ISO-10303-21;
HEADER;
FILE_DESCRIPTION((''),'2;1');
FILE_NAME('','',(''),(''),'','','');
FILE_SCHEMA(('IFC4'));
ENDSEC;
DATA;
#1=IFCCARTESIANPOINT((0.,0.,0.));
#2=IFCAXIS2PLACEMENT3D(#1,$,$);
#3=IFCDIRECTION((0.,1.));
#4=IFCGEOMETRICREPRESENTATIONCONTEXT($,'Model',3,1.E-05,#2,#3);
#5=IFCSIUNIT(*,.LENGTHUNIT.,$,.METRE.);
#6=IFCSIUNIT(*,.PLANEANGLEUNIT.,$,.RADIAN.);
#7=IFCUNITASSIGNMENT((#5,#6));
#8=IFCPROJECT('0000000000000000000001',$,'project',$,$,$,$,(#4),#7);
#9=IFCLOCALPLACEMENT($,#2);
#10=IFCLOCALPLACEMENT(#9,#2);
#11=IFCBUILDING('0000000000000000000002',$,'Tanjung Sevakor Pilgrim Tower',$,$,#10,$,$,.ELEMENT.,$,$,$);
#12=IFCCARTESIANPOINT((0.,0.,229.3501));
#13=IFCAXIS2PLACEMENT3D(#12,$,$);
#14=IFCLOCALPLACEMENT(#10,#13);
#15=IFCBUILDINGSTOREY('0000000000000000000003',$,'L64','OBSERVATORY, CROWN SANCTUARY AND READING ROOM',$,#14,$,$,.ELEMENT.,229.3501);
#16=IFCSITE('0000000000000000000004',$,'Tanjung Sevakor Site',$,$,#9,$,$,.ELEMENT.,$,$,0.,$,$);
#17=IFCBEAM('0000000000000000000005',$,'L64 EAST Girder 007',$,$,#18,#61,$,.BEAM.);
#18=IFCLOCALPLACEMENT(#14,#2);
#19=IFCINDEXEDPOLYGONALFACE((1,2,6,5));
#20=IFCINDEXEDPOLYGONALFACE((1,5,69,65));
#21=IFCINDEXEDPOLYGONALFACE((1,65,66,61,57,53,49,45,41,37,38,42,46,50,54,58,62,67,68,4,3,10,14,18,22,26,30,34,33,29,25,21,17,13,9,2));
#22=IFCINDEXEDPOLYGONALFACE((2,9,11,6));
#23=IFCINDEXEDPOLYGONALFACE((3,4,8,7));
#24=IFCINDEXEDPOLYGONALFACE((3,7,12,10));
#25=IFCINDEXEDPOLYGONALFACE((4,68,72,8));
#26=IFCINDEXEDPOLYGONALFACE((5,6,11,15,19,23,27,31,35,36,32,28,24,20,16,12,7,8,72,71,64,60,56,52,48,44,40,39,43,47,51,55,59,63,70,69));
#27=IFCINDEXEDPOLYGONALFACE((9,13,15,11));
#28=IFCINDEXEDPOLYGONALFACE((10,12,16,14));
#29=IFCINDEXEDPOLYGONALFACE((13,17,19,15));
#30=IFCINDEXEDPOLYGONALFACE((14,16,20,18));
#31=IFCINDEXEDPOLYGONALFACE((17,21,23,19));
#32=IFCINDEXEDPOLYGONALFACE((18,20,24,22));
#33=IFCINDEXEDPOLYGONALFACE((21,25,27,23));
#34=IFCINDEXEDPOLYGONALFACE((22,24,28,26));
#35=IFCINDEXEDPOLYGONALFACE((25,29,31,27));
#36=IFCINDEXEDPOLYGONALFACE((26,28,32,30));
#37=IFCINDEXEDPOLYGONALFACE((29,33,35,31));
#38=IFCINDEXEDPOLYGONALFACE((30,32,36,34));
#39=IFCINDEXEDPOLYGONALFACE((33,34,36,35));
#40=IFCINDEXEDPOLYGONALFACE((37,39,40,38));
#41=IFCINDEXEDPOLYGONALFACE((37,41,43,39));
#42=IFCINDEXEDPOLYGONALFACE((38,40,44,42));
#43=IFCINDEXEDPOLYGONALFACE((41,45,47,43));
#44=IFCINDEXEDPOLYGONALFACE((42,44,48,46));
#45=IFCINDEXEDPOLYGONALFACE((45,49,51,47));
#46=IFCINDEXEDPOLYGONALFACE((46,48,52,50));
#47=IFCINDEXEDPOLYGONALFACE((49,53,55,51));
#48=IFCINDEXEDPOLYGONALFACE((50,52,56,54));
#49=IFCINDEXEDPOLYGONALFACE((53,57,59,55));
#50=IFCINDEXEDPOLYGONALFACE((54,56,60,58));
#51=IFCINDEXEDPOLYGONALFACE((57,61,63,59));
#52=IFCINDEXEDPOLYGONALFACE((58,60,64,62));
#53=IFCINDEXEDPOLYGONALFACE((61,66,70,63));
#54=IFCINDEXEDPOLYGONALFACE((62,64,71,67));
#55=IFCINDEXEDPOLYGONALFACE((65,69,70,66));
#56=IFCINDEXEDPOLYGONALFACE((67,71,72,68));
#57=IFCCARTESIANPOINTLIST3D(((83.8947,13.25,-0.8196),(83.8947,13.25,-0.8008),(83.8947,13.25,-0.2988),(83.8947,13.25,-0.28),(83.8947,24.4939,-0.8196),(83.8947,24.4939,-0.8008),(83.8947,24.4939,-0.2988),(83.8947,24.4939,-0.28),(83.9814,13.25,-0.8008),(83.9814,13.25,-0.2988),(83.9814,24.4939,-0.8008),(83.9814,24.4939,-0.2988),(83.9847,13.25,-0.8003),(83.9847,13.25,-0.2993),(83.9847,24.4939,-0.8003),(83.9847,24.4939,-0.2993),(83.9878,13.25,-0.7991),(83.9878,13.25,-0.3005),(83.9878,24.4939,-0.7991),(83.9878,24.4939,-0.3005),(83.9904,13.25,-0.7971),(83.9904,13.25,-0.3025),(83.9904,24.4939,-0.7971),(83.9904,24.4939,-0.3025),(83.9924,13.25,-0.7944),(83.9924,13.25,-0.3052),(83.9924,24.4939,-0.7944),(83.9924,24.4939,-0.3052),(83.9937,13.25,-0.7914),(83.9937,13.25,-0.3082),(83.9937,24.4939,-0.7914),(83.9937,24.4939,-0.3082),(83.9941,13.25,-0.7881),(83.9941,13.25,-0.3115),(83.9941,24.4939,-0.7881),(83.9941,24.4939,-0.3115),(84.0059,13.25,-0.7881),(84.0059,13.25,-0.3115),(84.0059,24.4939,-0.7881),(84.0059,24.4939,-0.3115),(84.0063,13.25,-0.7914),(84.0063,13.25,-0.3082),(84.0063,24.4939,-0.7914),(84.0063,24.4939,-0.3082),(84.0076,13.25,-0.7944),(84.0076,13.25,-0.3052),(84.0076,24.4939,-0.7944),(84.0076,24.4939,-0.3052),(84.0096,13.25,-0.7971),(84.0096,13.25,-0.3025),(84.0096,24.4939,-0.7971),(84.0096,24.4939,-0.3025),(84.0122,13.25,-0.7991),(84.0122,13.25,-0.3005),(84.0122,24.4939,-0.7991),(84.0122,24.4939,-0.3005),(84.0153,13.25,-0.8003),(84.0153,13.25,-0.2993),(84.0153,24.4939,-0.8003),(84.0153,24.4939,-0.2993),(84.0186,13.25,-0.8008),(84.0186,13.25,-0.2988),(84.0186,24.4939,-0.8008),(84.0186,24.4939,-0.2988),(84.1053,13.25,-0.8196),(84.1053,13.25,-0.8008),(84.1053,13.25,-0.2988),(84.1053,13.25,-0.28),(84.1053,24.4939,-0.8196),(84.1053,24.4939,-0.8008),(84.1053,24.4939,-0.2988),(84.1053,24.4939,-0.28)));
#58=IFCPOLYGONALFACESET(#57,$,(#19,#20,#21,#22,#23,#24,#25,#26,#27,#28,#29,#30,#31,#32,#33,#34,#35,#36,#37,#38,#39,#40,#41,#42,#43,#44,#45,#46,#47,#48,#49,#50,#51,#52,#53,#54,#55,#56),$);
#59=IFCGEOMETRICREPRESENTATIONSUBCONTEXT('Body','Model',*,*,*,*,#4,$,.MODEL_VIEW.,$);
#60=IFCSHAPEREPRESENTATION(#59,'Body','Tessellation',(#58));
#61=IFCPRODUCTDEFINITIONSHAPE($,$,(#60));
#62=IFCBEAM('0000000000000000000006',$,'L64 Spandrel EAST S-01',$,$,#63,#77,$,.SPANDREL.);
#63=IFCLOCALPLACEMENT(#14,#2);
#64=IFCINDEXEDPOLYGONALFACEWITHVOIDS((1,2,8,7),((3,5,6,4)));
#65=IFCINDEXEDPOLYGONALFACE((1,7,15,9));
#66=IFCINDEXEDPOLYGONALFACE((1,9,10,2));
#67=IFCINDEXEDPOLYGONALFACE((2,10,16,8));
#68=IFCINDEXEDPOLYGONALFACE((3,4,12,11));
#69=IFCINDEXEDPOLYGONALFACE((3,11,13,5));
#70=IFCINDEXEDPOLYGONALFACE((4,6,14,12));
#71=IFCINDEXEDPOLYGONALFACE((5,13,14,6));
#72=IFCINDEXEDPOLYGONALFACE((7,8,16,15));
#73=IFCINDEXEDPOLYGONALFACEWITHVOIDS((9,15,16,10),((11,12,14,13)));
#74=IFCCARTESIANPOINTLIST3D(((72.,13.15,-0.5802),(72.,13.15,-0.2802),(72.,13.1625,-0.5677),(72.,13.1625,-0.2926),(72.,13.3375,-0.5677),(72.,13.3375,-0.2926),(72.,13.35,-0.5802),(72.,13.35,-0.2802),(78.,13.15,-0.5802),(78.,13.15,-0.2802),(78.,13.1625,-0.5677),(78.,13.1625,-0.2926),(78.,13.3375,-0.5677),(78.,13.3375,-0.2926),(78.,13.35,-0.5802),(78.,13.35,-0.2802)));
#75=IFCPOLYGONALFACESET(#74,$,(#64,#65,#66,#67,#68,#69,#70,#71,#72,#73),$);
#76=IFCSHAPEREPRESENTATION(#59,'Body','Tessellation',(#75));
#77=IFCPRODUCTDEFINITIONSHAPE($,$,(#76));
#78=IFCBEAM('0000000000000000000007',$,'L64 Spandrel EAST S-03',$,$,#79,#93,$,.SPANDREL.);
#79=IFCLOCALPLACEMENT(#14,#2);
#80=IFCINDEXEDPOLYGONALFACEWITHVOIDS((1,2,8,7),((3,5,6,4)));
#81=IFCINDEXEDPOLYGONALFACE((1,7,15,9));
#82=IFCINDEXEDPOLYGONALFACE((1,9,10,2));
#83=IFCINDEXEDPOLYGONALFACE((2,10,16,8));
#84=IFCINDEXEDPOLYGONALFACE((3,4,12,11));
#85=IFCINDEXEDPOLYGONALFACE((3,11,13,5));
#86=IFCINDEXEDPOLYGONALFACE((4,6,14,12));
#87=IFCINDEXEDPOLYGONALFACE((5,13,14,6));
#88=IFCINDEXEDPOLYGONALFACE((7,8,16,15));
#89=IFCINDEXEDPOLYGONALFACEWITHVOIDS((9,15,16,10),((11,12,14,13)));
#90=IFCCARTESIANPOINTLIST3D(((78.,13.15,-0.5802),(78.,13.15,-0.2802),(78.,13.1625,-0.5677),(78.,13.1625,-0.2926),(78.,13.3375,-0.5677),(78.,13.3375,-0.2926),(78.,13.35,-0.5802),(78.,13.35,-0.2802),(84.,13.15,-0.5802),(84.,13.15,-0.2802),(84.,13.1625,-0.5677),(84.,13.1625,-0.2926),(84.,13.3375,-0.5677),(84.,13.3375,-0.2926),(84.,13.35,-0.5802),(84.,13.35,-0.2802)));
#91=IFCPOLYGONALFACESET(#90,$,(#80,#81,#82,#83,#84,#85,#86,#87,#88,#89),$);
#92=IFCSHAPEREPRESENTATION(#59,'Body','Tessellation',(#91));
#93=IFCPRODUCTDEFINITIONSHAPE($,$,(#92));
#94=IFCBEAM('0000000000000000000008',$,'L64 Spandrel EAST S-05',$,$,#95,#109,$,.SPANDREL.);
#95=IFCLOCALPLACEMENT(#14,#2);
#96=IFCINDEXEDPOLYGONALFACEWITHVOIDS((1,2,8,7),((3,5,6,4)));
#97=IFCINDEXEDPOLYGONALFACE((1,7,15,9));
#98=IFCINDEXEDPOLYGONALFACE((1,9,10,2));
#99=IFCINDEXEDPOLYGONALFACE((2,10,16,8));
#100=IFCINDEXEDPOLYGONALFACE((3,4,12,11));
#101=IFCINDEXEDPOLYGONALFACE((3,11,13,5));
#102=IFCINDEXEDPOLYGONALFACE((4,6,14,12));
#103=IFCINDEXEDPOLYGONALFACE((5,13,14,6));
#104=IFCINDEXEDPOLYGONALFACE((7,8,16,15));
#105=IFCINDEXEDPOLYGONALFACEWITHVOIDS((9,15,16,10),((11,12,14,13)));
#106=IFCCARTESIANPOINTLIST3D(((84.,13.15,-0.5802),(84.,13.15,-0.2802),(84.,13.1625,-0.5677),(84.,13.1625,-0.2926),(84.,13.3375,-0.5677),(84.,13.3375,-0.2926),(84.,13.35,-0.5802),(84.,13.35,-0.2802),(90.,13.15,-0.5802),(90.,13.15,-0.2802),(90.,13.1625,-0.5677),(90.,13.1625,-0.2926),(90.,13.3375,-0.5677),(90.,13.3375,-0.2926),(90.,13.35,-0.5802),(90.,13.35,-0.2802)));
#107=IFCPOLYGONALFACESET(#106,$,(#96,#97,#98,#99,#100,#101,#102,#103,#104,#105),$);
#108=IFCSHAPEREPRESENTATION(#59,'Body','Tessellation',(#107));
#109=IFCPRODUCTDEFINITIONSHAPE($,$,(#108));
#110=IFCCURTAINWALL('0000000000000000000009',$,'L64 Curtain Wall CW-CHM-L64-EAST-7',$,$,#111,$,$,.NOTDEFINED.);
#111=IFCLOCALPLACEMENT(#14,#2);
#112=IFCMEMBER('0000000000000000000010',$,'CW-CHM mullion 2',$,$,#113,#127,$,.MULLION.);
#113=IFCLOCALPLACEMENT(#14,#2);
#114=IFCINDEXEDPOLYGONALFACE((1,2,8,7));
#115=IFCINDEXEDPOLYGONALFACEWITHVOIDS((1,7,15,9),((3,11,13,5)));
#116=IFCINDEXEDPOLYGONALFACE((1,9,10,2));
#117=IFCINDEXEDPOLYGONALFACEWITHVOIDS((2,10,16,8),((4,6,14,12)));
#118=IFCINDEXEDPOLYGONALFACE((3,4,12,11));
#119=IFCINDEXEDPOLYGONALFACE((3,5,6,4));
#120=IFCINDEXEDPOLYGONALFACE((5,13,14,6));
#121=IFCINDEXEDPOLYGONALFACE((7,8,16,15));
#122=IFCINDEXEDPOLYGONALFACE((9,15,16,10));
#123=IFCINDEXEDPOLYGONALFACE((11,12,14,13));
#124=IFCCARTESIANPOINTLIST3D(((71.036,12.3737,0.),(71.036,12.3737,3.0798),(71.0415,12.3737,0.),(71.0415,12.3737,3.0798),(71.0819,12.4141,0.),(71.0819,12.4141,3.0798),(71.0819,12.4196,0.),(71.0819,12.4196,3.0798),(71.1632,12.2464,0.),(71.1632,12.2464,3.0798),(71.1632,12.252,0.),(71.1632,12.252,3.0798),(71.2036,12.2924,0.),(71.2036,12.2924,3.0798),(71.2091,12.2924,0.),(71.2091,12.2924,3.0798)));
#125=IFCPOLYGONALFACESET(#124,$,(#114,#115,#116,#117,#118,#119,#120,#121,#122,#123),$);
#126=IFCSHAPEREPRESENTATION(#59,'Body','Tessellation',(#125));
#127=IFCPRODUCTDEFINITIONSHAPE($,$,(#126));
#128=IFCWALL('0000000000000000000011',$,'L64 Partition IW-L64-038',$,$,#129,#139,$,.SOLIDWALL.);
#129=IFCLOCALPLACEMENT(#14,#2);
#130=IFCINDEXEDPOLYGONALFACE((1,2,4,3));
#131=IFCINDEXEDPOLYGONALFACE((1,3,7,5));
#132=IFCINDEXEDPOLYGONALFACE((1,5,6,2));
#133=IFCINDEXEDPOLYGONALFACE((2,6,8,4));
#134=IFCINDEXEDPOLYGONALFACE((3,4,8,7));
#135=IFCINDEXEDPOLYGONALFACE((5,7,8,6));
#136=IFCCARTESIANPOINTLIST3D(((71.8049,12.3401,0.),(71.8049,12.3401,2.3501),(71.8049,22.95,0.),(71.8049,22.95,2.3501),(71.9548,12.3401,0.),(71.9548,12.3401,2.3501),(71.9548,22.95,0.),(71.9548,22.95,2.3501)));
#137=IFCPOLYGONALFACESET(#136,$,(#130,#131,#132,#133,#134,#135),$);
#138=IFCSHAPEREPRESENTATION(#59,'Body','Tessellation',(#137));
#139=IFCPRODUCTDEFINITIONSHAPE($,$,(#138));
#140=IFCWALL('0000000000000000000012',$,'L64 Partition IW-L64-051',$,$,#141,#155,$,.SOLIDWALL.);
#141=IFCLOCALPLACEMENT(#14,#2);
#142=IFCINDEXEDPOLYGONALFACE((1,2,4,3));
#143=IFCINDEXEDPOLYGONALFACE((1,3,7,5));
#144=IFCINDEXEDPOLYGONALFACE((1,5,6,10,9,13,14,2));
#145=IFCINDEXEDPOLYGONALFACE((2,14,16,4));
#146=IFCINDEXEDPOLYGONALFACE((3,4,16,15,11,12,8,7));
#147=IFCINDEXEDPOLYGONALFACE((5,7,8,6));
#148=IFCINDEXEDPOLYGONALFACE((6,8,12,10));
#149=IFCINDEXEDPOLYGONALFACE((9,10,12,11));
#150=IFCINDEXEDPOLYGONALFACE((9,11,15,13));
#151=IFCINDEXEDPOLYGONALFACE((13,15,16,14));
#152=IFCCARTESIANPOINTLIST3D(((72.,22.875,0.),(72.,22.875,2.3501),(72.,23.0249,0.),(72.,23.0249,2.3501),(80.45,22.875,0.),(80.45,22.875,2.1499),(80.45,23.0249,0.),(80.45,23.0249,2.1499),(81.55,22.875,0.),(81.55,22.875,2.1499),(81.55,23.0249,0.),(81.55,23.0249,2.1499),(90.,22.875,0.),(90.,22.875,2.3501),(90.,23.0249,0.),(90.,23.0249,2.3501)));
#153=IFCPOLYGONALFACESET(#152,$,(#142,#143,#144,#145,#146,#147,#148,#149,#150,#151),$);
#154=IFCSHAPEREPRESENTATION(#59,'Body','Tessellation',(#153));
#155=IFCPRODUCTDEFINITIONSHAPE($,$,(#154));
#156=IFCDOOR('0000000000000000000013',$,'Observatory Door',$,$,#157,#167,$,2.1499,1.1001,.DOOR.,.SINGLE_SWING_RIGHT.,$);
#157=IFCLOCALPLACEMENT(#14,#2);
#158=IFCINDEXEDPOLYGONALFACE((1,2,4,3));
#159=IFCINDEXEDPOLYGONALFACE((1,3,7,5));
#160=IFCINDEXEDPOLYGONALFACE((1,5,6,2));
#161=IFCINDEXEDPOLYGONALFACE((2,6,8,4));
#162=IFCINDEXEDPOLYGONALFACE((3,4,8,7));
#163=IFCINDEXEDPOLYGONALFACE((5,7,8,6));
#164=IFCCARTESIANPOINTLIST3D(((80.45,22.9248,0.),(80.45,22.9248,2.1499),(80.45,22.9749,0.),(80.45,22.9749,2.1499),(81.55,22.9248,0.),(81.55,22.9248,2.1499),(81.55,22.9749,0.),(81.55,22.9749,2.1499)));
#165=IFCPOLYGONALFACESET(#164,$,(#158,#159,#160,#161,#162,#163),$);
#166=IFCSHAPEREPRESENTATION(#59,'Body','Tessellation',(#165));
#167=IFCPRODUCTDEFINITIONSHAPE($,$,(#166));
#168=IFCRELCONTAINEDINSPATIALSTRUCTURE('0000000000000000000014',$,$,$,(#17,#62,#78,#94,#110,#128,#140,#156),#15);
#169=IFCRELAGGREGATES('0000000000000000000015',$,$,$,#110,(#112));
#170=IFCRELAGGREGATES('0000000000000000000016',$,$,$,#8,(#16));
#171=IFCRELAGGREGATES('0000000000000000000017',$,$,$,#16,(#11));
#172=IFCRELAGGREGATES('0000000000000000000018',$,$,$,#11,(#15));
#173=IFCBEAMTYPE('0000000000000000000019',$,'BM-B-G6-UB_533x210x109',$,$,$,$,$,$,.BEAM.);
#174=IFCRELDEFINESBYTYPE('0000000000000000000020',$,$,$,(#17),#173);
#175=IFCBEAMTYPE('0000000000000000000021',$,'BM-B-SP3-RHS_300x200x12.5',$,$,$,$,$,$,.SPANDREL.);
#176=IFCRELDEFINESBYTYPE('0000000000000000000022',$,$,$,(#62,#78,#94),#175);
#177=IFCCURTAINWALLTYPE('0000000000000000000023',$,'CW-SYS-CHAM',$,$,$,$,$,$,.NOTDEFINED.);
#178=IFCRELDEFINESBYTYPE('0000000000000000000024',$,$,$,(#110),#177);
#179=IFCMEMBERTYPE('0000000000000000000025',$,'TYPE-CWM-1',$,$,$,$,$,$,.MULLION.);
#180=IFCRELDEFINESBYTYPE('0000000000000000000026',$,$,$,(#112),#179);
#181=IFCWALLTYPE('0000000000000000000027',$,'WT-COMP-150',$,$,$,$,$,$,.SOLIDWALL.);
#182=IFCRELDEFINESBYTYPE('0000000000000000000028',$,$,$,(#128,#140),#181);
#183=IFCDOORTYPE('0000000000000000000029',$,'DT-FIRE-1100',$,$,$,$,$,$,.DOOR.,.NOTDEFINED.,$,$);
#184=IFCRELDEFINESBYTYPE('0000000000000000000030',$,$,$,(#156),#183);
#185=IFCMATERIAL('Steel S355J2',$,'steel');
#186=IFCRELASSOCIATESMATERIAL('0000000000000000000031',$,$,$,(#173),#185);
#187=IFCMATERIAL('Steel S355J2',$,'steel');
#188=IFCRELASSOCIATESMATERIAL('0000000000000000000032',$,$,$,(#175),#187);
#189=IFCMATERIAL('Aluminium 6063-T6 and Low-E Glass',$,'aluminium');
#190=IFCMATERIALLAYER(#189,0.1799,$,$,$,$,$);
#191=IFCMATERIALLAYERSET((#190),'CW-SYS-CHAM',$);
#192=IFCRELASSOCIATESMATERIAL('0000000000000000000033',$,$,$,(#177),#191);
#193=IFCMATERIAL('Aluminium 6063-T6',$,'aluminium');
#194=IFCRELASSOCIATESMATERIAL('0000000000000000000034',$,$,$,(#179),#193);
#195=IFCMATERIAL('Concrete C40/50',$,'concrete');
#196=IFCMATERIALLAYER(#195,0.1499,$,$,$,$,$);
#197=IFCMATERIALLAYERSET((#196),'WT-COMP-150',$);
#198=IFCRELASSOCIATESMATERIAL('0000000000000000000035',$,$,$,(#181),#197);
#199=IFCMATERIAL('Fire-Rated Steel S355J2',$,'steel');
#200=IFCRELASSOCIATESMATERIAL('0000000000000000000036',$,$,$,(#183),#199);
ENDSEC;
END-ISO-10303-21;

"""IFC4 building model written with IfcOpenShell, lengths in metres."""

from ifc_helpers import new_model, si_unit, direction, frame, frame_2d, origin, origin_2d, place, context, subcontext, project, spatial, rectangle, hollow_rectangle, i_section, extrude, material, layer, layer_set, material_profile, profile_set, type_object, element, fill, aggregate, save


model = new_model("IFC4")

# Units and contexts
model_context = context("Model", 3, precision=1e-05, world=origin(), true_north=direction((0.0, 1.0)))
body_context = subcontext(model_context, "Body", "Model", "MODEL_VIEW")
ifc_project = project(units=[si_unit("LENGTHUNIT", "METRE"), si_unit("PLANEANGLEUNIT", "RADIAN")], contexts=[model_context])

# Site, building, storey
site_placement = place(None, origin())
site = spatial("IfcSite", under=ifc_project, at=site_placement, Name="Tanjung Sevakor Site", CompositionType="ELEMENT", RefElevation=0.0)
building_placement = place(site_placement, origin())
building = spatial("IfcBuilding", under=site, at=building_placement, Name="Tanjung Sevakor Pilgrim Tower", CompositionType="ELEMENT")
storey_placement = place(building_placement, frame((0.0, 0.0, 229.3501)))
storey = spatial("IfcBuildingStorey", under=building, at=storey_placement, Name="L64", Description="OBSERVATORY, CROWN SANCTUARY AND READING ROOM", CompositionType="ELEMENT", Elevation=229.3501)

# Beams
ifc_material_1 = material(Name="Steel S355J2", Category="steel")
ifc_material_profile_1 = material_profile(ifc_material_1, i_section(OverallWidth=0.2107, OverallDepth=0.5396, WebThickness=0.0117, FlangeThickness=0.0188, FilletRadius=0.0127, at=origin_2d()))
ifc_profile_set_1 = profile_set([ifc_material_profile_1], Name="Steel S355J2")
beam_type_1 = type_object("IfcBeamType", Name="BM-B-G6-UB_533x210x109", PredefinedType="BEAM", material=ifc_profile_set_1)
for number, where, z_axis, x_axis, name in (
    (1, (84.0, 13.25, -0.5498), (0.0, 1.0, 0.0), (-1.0, 0.0, 0.0), "L64 EAST Girder 007"),
):
    element("IfcBeam", number, at=place(storey_placement, frame(where, z_axis=z_axis, x_axis=x_axis)), inside=storey, type_object=beam_type_1, Name=name, PredefinedType="BEAM", context=body_context, shape_type="SweptSolid", body=[
        extrude(i_section(OverallWidth=0.2107, OverallDepth=0.5396, WebThickness=0.0117, FlangeThickness=0.0188, FilletRadius=0.0127, at=origin_2d()), origin(), (0.0, 0.0, 1.0), 11.2439),
    ])
ifc_material_2 = material(Name="Steel S355J2", Category="steel")
ifc_material_profile_2 = material_profile(ifc_material_2, hollow_rectangle(XDim=0.2, YDim=0.3, WallThickness=0.0125, at=origin_2d()))
ifc_profile_set_2 = profile_set([ifc_material_profile_2], Name="Steel S355J2")
beam_type_2 = type_object("IfcBeamType", Name="BM-B-SP3-RHS_300x200x12.5", PredefinedType="SPANDREL", material=ifc_profile_set_2)
for number, where, z_axis, x_axis, name in (
    (2, (72.0, 13.25, -0.4302), (1.0, 0.0, 0.0), (0.0, 1.0, 0.0), "L64 Spandrel EAST S-01"),
    (3, (78.0, 13.25, -0.4302), (1.0, 0.0, 0.0), (0.0, 1.0, 0.0), "L64 Spandrel EAST S-03"),
    (4, (84.0, 13.25, -0.4302), (1.0, 0.0, 0.0), (0.0, 1.0, 0.0), "L64 Spandrel EAST S-05"),
):
    element("IfcBeam", number, at=place(storey_placement, frame(where, z_axis=z_axis, x_axis=x_axis)), inside=storey, type_object=beam_type_2, Name=name, PredefinedType="SPANDREL", context=body_context, shape_type="SweptSolid", body=[
        extrude(hollow_rectangle(XDim=0.2, YDim=0.3, WallThickness=0.0125, at=origin_2d()), origin(), (0.0, 0.0, 1.0), 6.0),
    ])

# Curtain wall, member
ifc_material_3 = material(Name="Aluminium 6063-T6 and Low-E Glass", Category="aluminium")
ifc_layer_1 = layer(ifc_material_3, 0.1799)
ifc_layer_set_1 = layer_set([ifc_layer_1], Name="CW-SYS-CHAM")
curtain_wall_type = type_object("IfcCurtainWallType", Name="CW-SYS-CHAM", PredefinedType="NOTDEFINED", material=ifc_layer_set_1)
curtain_wall_placement = place(storey_placement, origin())
curtain_wall = element("IfcCurtainWall", 5, at=curtain_wall_placement, inside=storey, type_object=curtain_wall_type, Name="L64 Curtain Wall CW-CHM-L64-EAST-7", PredefinedType="NOTDEFINED")
ifc_material_4 = material(Name="Aluminium 6063-T6", Category="aluminium")
ifc_material_profile_3 = material_profile(ifc_material_4, hollow_rectangle(XDim=0.0649, YDim=0.1799, WallThickness=0.0039, at=origin_2d()))
ifc_profile_set_3 = profile_set([ifc_material_profile_3], Name="Aluminium 6063-T6")
member_type = type_object("IfcMemberType", Name="TYPE-CWM-1", PredefinedType="MULLION", material=ifc_profile_set_3)
member_placement = place(storey_placement, frame((71.1226, 12.333, 0.0), z_axis=(0.0, 0.0, 1.0), x_axis=(0.707107, 0.707107, 0.0)))
member = element("IfcMember", 6, at=member_placement, type_object=member_type, Name="CW-CHM mullion 2", PredefinedType="MULLION", context=body_context, shape_type="SweptSolid", body=[
    extrude(hollow_rectangle(XDim=0.0649, YDim=0.1799, WallThickness=0.0039, at=origin_2d()), origin(), (0.0, 0.0, 1.0), 3.0798),
])
aggregate(curtain_wall, [member])

# Wall
ifc_material_5 = material(Name="Concrete C40/50", Category="concrete")
ifc_layer_2 = layer(ifc_material_5, 0.1499)
ifc_layer_set_2 = layer_set([ifc_layer_2], Name="WT-COMP-150")
wall_type_1 = type_object("IfcWallType", Name="WT-COMP-150", PredefinedType="SOLIDWALL", material=ifc_layer_set_2)
wall_1_placement = place(storey_placement, frame((71.8799, 12.3401, 0.0), z_axis=(0.0, 0.0, 1.0), x_axis=(0.0, 1.0, 0.0)))
element("IfcWall", 7, at=wall_1_placement, inside=storey, type_object=wall_type_1, Name="L64 Partition IW-L64-038", PredefinedType="SOLIDWALL", context=body_context, shape_type="SweptSolid", body=[
    extrude(rectangle(XDim=10.6099, YDim=0.1499, at=frame_2d((5.3049, 0.0))), origin(), (0.0, 0.0, 1.0), 2.3501),
])

# Wall, opening, door
wall_2_placement = place(storey_placement, frame((72.0, 22.95, 0.0), z_axis=(0.0, 0.0, 1.0), x_axis=(1.0, 0.0, 0.0)))
wall_2 = element("IfcWall", 8, at=wall_2_placement, inside=storey, type_object=wall_type_1, Name="L64 Partition IW-L64-051", PredefinedType="SOLIDWALL", context=body_context, shape_type="SweptSolid", body=[
    extrude(rectangle(XDim=18.0, YDim=0.1499, at=frame_2d((9.0, 0.0))), origin(), (0.0, 0.0, 1.0), 2.3501),
])
opening_1_placement = place(wall_2_placement, frame((8.45, 0.0, 0.0)))
opening_1 = element("IfcOpeningElement", 9, at=opening_1_placement, cuts=wall_2, PredefinedType="OPENING", context=body_context, shape_type="SweptSolid", body=[
    extrude(rectangle(XDim=1.1001, YDim=2.1499, at=frame_2d((0.55, 1.075))), frame((0.0, 0.085, 0.0), z_axis=(0.0, -1.0, 0.0), x_axis=(1.0, 0.0, 0.0)), (0.0, 0.0, 1.0), 0.1699),
])
ifc_material_6 = material(Name="Fire-Rated Steel S355J2", Category="steel")
door_type = type_object("IfcDoorType", Name="DT-FIRE-1100", OperationType="NOTDEFINED", PredefinedType="DOOR", material=ifc_material_6)
door_placement = place(opening_1_placement, origin())
door = element("IfcDoor", 10, at=door_placement, inside=storey, type_object=door_type, Name="Observatory Door", OperationType="SINGLE_SWING_RIGHT", OverallHeight=2.1499, OverallWidth=1.1001, PredefinedType="DOOR", context=body_context, shape_type="SweptSolid", body=[
    extrude(rectangle(XDim=1.1001, YDim=2.1499, at=frame_2d((0.55, 1.075))), frame((0.0, 0.0249, 0.0), z_axis=(0.0, -1.0, 0.0), x_axis=(1.0, 0.0, 0.0)), (0.0, 0.0, 1.0), 0.05),
])
fill(opening_1, door)

save(model, "model.ifc")
